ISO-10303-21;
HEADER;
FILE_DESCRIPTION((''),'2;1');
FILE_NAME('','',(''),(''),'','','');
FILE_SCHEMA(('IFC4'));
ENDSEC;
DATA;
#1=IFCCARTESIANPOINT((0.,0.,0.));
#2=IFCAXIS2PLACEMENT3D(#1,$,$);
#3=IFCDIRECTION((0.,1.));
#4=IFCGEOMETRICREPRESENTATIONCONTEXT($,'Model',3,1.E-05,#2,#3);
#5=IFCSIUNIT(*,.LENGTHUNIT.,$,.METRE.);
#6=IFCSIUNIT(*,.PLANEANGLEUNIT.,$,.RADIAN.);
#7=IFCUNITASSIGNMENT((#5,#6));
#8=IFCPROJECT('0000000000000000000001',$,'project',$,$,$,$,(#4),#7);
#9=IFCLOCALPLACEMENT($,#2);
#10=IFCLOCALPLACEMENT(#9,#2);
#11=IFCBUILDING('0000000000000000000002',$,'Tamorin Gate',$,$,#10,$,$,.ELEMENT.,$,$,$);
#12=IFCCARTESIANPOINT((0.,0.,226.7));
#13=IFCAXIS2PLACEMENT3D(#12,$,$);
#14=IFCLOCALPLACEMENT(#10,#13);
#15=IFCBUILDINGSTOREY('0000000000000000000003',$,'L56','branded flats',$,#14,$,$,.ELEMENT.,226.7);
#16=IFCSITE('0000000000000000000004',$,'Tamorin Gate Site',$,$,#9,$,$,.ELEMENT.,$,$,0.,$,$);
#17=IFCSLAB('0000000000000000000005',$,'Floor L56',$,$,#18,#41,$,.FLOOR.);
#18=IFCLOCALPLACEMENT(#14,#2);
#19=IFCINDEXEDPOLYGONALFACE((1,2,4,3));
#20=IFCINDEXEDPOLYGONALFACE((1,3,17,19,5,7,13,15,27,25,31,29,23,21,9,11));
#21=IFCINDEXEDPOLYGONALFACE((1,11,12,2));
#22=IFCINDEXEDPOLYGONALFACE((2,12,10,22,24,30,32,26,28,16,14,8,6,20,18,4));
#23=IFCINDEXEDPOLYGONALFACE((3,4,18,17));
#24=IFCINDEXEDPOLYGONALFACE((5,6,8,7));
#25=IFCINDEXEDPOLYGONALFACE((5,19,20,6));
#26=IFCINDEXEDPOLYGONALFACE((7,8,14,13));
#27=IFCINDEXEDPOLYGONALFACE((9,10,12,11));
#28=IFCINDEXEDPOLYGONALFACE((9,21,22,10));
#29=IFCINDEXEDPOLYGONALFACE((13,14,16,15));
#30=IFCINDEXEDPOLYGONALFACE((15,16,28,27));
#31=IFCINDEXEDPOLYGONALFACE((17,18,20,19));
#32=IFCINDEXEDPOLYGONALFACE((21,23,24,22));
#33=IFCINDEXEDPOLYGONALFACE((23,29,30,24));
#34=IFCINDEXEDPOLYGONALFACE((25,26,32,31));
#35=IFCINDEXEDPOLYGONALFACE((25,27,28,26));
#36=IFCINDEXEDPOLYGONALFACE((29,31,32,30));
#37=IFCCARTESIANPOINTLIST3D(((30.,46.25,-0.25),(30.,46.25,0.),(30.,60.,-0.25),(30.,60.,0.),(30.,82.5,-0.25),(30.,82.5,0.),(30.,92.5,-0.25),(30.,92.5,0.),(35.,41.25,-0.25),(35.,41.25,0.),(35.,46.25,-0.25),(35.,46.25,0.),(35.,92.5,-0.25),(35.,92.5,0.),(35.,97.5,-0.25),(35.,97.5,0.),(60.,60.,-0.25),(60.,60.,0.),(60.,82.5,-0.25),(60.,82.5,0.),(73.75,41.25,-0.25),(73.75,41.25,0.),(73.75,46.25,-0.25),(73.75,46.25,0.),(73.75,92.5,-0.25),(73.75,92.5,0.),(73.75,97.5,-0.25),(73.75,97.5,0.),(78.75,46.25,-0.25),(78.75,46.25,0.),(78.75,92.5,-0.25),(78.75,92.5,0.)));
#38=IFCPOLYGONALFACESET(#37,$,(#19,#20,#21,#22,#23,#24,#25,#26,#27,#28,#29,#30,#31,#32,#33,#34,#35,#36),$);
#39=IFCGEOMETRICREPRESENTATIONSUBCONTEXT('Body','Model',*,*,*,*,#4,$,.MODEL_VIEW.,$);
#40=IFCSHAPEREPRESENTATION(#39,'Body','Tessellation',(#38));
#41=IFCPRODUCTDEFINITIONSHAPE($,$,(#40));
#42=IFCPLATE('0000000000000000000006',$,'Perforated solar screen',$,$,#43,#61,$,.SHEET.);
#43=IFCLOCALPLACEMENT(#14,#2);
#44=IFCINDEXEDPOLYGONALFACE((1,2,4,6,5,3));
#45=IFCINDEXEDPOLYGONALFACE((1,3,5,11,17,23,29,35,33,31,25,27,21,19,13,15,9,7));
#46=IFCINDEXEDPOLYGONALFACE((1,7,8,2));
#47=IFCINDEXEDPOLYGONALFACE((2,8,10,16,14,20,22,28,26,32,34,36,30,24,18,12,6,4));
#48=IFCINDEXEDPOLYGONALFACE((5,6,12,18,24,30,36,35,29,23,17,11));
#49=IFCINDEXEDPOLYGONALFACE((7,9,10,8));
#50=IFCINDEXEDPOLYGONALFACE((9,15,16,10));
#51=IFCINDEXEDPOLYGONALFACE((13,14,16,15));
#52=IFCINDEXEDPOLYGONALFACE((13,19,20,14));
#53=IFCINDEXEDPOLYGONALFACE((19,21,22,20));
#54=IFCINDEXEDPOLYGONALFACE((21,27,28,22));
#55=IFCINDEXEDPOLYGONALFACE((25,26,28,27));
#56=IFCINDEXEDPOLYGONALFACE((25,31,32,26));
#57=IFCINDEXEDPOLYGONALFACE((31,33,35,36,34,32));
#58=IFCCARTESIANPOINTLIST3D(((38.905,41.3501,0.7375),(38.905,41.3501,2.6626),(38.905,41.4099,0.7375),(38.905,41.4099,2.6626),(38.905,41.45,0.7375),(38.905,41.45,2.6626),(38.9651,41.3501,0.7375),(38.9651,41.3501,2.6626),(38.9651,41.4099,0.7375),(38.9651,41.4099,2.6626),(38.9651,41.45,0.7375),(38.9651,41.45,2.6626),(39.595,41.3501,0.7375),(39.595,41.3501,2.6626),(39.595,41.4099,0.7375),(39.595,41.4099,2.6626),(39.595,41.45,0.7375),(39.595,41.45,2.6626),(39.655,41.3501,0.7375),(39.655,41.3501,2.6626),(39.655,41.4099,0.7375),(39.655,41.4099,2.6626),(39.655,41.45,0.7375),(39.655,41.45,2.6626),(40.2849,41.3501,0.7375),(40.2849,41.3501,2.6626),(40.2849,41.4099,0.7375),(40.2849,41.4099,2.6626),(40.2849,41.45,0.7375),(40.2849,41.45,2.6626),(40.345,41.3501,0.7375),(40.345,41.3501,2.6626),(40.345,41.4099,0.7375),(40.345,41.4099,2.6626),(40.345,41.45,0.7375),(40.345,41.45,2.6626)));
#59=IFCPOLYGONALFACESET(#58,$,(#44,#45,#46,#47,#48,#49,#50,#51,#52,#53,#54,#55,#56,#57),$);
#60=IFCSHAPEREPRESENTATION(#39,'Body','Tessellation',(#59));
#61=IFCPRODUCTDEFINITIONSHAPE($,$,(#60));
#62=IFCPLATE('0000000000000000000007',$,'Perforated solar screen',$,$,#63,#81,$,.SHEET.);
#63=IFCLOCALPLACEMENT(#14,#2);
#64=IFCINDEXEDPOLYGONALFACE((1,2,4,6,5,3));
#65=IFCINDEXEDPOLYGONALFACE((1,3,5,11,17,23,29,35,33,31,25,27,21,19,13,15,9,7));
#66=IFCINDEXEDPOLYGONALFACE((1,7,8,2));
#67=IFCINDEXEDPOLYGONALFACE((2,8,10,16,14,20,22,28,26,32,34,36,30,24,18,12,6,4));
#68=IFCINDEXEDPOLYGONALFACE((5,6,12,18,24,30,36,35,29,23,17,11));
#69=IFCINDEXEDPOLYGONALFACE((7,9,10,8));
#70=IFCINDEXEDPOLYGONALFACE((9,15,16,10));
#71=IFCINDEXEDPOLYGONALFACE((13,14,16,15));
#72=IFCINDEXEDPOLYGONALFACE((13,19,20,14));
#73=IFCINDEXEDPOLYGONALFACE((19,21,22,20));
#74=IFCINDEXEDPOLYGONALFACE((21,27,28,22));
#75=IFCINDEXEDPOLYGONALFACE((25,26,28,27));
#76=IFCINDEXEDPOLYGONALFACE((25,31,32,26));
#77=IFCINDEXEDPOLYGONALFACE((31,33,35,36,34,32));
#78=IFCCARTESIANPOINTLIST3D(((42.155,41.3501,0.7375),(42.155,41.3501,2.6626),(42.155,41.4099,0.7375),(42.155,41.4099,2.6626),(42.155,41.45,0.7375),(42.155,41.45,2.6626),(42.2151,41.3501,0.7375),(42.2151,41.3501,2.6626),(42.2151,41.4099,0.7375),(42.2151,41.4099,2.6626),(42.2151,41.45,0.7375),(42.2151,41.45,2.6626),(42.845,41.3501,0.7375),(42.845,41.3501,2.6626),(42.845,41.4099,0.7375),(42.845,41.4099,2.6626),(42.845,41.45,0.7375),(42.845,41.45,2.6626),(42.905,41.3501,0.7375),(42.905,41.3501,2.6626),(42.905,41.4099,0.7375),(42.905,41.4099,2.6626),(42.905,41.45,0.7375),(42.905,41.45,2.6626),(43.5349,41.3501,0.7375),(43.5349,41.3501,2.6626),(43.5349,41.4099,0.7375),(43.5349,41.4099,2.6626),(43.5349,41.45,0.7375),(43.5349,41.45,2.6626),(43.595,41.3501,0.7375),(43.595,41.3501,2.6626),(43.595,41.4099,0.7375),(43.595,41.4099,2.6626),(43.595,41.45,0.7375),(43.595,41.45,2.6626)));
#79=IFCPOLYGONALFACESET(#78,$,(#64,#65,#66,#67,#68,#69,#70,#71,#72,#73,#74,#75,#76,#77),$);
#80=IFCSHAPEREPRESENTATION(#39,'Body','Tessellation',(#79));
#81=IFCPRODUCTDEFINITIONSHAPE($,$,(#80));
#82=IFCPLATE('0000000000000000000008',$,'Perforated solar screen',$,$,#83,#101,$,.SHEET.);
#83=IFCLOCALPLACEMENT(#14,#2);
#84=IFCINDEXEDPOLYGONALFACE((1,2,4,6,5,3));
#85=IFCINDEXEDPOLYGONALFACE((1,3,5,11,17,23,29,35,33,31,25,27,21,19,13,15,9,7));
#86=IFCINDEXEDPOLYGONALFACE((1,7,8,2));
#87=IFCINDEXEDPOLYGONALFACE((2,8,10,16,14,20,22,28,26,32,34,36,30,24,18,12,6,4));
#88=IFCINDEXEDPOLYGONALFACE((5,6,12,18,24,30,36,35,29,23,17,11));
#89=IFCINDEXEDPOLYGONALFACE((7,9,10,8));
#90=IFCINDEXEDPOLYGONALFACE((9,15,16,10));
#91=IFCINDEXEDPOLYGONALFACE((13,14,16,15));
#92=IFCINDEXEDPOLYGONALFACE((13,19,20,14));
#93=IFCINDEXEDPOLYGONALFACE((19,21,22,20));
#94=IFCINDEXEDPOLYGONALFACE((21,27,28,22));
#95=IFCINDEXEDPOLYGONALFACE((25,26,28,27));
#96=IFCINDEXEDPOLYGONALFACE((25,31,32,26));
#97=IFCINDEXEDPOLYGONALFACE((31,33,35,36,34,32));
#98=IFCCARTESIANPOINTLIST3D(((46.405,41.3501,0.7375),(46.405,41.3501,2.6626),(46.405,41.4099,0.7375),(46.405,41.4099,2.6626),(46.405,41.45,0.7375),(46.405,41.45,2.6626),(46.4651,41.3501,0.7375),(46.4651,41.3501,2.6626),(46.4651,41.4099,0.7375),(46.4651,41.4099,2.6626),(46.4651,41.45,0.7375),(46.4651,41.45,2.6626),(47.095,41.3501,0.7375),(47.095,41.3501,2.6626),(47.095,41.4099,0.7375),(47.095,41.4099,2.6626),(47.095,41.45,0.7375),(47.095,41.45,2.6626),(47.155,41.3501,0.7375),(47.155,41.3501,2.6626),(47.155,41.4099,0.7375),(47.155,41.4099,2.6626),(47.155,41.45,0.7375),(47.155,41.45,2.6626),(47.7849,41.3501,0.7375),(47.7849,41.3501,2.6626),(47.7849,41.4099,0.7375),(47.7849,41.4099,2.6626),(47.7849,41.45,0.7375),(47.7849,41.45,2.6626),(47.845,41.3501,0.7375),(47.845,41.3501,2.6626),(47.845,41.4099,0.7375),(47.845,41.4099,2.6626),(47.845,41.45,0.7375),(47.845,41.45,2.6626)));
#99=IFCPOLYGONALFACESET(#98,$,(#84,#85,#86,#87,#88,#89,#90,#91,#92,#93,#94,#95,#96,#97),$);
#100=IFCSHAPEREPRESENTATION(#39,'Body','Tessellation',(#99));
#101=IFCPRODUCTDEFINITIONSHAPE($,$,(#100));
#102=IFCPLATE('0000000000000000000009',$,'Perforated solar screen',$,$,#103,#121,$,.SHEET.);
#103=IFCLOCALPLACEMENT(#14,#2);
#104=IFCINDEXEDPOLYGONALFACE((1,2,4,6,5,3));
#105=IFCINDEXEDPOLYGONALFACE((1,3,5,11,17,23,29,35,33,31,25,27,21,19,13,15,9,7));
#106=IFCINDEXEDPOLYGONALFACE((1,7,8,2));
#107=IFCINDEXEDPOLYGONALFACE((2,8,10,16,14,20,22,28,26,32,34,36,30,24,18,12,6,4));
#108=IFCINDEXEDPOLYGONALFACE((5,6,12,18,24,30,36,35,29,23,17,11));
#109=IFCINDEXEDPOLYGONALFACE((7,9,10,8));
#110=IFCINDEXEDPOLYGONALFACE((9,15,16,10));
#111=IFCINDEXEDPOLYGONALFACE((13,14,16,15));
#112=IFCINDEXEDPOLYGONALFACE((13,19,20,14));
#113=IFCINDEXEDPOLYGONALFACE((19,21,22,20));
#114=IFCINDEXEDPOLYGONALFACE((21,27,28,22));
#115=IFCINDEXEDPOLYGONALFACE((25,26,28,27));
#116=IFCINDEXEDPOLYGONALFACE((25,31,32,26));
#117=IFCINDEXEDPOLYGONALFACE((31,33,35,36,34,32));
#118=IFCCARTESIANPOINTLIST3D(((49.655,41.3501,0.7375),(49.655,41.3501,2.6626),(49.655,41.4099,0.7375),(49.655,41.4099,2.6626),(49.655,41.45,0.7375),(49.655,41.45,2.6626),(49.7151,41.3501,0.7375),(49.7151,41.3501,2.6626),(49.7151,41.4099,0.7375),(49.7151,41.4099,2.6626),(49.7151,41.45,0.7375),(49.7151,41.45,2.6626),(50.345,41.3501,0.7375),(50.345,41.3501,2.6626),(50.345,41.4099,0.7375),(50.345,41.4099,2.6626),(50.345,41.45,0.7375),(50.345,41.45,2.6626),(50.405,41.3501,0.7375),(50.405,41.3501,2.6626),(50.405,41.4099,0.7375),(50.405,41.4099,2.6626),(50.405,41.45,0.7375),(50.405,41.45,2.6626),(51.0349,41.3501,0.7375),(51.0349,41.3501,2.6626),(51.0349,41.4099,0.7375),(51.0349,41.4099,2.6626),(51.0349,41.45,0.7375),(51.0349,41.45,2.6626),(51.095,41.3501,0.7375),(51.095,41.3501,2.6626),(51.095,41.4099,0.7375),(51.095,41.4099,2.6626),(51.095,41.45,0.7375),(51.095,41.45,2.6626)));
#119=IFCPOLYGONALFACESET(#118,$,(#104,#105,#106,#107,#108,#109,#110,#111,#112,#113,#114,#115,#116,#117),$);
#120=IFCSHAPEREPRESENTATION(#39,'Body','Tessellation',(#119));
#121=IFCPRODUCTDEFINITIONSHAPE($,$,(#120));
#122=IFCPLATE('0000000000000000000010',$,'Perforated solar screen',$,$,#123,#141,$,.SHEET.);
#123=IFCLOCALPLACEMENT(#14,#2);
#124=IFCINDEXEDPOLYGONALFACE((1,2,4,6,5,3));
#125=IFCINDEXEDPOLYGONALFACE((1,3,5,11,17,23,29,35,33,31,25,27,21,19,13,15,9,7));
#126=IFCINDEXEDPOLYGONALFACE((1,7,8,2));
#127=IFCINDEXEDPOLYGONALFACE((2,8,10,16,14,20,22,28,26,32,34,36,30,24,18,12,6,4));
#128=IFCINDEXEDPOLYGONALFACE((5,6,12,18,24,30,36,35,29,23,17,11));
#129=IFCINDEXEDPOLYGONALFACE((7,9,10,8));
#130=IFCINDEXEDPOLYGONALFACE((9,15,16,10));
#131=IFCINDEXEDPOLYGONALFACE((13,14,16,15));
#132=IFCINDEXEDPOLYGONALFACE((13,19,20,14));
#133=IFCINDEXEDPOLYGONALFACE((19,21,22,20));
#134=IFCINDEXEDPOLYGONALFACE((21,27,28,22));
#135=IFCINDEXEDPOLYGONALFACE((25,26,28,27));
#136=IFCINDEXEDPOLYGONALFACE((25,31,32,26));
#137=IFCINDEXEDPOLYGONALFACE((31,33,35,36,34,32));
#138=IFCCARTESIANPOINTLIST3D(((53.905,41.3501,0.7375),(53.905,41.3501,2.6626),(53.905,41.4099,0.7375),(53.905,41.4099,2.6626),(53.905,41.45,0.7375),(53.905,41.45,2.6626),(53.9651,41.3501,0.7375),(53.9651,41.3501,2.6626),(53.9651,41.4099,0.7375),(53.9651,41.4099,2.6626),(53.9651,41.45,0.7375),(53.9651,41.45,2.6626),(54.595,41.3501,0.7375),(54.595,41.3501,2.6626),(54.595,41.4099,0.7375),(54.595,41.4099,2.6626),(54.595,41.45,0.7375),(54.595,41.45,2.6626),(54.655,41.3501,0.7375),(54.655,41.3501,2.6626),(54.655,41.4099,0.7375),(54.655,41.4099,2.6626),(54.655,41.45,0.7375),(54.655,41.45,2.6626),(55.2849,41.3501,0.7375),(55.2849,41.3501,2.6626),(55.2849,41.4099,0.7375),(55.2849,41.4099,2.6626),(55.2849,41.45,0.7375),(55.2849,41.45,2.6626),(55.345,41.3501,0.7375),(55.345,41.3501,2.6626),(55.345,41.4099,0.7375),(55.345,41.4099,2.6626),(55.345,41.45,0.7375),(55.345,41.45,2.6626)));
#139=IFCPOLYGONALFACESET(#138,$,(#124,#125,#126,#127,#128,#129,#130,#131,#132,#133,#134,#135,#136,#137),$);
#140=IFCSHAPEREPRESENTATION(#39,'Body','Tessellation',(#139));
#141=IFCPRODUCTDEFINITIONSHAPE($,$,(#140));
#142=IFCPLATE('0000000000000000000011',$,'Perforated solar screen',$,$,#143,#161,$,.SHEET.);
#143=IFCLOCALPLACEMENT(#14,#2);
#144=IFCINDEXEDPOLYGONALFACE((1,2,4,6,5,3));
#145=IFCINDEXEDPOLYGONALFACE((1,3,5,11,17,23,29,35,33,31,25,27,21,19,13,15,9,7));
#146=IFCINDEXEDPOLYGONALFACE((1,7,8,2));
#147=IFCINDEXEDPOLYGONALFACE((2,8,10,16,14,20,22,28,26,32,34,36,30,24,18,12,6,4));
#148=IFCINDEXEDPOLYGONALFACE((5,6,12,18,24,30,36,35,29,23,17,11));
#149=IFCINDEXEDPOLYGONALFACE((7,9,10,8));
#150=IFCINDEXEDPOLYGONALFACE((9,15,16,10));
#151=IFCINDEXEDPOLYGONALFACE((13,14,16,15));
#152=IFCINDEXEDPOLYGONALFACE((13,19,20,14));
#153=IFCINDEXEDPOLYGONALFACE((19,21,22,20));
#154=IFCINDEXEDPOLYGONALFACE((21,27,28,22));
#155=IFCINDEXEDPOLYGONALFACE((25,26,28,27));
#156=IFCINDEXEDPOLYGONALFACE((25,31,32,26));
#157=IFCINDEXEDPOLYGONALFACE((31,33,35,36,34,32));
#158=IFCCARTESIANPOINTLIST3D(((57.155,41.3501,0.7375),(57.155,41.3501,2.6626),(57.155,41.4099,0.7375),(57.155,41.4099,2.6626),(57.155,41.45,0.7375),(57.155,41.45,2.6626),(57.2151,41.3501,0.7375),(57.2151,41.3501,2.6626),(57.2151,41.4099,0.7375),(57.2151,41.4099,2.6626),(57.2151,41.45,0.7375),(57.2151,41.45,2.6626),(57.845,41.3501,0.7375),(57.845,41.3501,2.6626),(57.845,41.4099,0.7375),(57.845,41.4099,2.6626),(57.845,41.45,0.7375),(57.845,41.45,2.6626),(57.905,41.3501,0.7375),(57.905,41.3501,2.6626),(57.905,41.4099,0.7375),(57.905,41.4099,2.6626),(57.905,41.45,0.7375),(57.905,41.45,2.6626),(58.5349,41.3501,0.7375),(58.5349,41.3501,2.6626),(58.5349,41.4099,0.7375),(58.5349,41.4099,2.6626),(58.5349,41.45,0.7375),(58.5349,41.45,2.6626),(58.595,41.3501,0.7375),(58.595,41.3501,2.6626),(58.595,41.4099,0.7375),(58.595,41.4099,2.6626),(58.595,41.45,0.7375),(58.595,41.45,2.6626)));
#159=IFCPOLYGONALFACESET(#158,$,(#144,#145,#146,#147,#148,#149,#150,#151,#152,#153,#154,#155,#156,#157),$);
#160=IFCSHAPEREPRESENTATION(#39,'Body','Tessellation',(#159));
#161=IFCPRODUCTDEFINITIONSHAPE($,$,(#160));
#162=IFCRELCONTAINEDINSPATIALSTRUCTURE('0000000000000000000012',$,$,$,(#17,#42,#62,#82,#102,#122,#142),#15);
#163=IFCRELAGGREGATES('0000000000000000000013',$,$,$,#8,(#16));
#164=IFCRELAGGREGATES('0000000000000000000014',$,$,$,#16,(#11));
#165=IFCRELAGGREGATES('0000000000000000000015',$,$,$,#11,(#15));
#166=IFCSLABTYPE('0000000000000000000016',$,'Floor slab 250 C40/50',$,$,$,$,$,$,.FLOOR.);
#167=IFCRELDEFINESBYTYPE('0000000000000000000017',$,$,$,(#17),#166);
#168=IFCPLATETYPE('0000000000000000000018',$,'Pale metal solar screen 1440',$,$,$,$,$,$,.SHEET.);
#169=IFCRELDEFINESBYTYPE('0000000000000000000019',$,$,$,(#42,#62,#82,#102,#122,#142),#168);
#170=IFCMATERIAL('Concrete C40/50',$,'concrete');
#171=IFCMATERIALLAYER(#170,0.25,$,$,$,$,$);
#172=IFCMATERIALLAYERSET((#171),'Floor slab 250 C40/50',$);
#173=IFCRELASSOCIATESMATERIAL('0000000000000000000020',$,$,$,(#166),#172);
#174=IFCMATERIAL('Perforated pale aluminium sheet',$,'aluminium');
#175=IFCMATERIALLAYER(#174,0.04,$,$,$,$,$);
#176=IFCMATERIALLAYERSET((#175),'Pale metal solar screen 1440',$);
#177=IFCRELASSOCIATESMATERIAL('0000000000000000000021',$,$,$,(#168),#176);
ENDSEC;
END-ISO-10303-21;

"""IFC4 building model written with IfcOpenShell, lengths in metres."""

from ifc_helpers import new_model, si_unit, direction, frame, origin, place, context, subcontext, project, spatial, polyline, outline, extrude, material, layer, layer_set, type_object, element, save


model = new_model("IFC4")

# Units and contexts
model_context = context("Model", 3, precision=1e-05, world=origin(), true_north=direction((0.0, 1.0)))
body_context = subcontext(model_context, "Body", "Model", "MODEL_VIEW")
ifc_project = project(units=[si_unit("LENGTHUNIT", "METRE"), si_unit("PLANEANGLEUNIT", "RADIAN")], contexts=[model_context])

# Site, building, storey
site_placement = place(None, origin())
site = spatial("IfcSite", under=ifc_project, at=site_placement, Name="Tamorin Gate Site", CompositionType="ELEMENT", RefElevation=0.0)
building_placement = place(site_placement, origin())
building = spatial("IfcBuilding", under=site, at=building_placement, Name="Tamorin Gate", CompositionType="ELEMENT")
storey_placement = place(building_placement, frame((0.0, 0.0, 226.7)))
storey = spatial("IfcBuildingStorey", under=building, at=storey_placement, Name="L56", Description="branded flats", CompositionType="ELEMENT", Elevation=226.7)

# Slab
ifc_material_1 = material(Name="Concrete C40/50", Category="concrete")
ifc_layer_1 = layer(ifc_material_1, 0.25)
ifc_layer_set_1 = layer_set([ifc_layer_1], Name="Floor slab 250 C40/50")
slab_type = type_object("IfcSlabType", Name="Floor slab 250 C40/50", PredefinedType="FLOOR", material=ifc_layer_set_1)
slab_placement = place(storey_placement, frame((0.0, 0.0, -0.25)))
element("IfcSlab", 1, at=slab_placement, inside=storey, type_object=slab_type, Name="Floor L56", PredefinedType="FLOOR", context=body_context, shape_type="SweptSolid", body=[
    extrude(outline(polyline([(30.0, 92.5), (35.0, 92.5), (35.0, 97.5), (73.75, 97.5), (73.75, 92.5), (78.75, 92.5), (78.75, 46.25), (73.75, 46.25), (73.75, 41.25), (35.0, 41.25), (35.0, 46.25), (30.0, 46.25), (30.0, 60.0), (60.0, 60.0), (60.0, 82.5), (30.0, 82.5), (30.0, 92.5)])), origin(), (0.0, 0.0, 1.0), 0.25),
])

# Plates
ifc_material_2 = material(Name="Perforated pale aluminium sheet", Category="aluminium")
ifc_layer_2 = layer(ifc_material_2, 0.04)
ifc_layer_set_2 = layer_set([ifc_layer_2], Name="Pale metal solar screen 1440")
plate_type = type_object("IfcPlateType", Name="Pale metal solar screen 1440", PredefinedType="SHEET", material=ifc_layer_set_2)
plate_1_placement = place(storey_placement, frame((0.0, 0.0, 0.7375)))
element("IfcPlate", 2, at=plate_1_placement, inside=storey, type_object=plate_type, Name="Perforated solar screen", PredefinedType="SHEET", context=body_context, shape_type="SweptSolid", body=[
    extrude(outline(polyline([(38.905, 41.4099), (38.905, 41.45), (38.9651, 41.45), (39.595, 41.45), (39.655, 41.45), (40.2849, 41.45), (40.345, 41.45), (40.345, 41.45), (40.345, 41.4099), (40.345, 41.4099), (40.345, 41.3501), (40.2849, 41.3501), (40.2849, 41.4099), (39.655, 41.4099), (39.655, 41.3501), (39.595, 41.3501), (39.595, 41.4099), (38.9651, 41.4099), (38.9651, 41.3501), (38.905, 41.3501), (38.905, 41.4099)])), origin(), (0.0, 0.0, 1.0), 1.925),
])
plate_2_placement = place(storey_placement, frame((0.0, 0.0, 0.7375)))
element("IfcPlate", 3, at=plate_2_placement, inside=storey, type_object=plate_type, Name="Perforated solar screen", PredefinedType="SHEET", context=body_context, shape_type="SweptSolid", body=[
    extrude(outline(polyline([(42.155, 41.4099), (42.155, 41.45), (42.2151, 41.45), (42.845, 41.45), (42.905, 41.45), (43.5349, 41.45), (43.595, 41.45), (43.595, 41.4099), (43.595, 41.3501), (43.5349, 41.3501), (43.5349, 41.4099), (42.905, 41.4099), (42.905, 41.3501), (42.845, 41.3501), (42.845, 41.4099), (42.2151, 41.4099), (42.2151, 41.3501), (42.155, 41.3501), (42.155, 41.4099)])), origin(), (0.0, 0.0, 1.0), 1.925),
])
plate_3_placement = place(storey_placement, frame((0.0, 0.0, 0.7375)))
element("IfcPlate", 4, at=plate_3_placement, inside=storey, type_object=plate_type, Name="Perforated solar screen", PredefinedType="SHEET", context=body_context, shape_type="SweptSolid", body=[
    extrude(outline(polyline([(46.405, 41.4099), (46.405, 41.45), (46.4651, 41.45), (47.095, 41.45), (47.155, 41.45), (47.7849, 41.45), (47.845, 41.45), (47.845, 41.4099), (47.845, 41.3501), (47.7849, 41.3501), (47.7849, 41.4099), (47.155, 41.4099), (47.155, 41.3501), (47.095, 41.3501), (47.095, 41.4099), (46.4651, 41.4099), (46.4651, 41.3501), (46.405, 41.3501), (46.405, 41.4099)])), origin(), (0.0, 0.0, 1.0), 1.925),
])
plate_4_placement = place(storey_placement, frame((0.0, 0.0, 0.7375)))
element("IfcPlate", 5, at=plate_4_placement, inside=storey, type_object=plate_type, Name="Perforated solar screen", PredefinedType="SHEET", context=body_context, shape_type="SweptSolid", body=[
    extrude(outline(polyline([(49.655, 41.4099), (49.655, 41.45), (49.7151, 41.45), (50.345, 41.45), (50.405, 41.45), (51.0349, 41.45), (51.095, 41.45), (51.095, 41.4099), (51.095, 41.3501), (51.0349, 41.3501), (51.0349, 41.4099), (50.405, 41.4099), (50.405, 41.3501), (50.345, 41.3501), (50.345, 41.4099), (49.7151, 41.4099), (49.7151, 41.3501), (49.655, 41.3501), (49.655, 41.4099)])), origin(), (0.0, 0.0, 1.0), 1.925),
])
plate_5_placement = place(storey_placement, frame((0.0, 0.0, 0.7375)))
element("IfcPlate", 6, at=plate_5_placement, inside=storey, type_object=plate_type, Name="Perforated solar screen", PredefinedType="SHEET", context=body_context, shape_type="SweptSolid", body=[
    extrude(outline(polyline([(53.905, 41.4099), (53.905, 41.45), (53.9651, 41.45), (54.595, 41.45), (54.655, 41.45), (55.2849, 41.45), (55.345, 41.45), (55.345, 41.4099), (55.345, 41.3501), (55.2849, 41.3501), (55.2849, 41.4099), (54.655, 41.4099), (54.655, 41.3501), (54.595, 41.3501), (54.595, 41.4099), (53.9651, 41.4099), (53.9651, 41.3501), (53.905, 41.3501), (53.905, 41.4099)])), origin(), (0.0, 0.0, 1.0), 1.925),
])
plate_6_placement = place(storey_placement, frame((0.0, 0.0, 0.7375)))
element("IfcPlate", 7, at=plate_6_placement, inside=storey, type_object=plate_type, Name="Perforated solar screen", PredefinedType="SHEET", context=body_context, shape_type="SweptSolid", body=[
    extrude(outline(polyline([(57.155, 41.4099), (57.155, 41.45), (57.2151, 41.45), (57.845, 41.45), (57.905, 41.45), (58.5349, 41.45), (58.595, 41.45), (58.595, 41.4099), (58.595, 41.3501), (58.5349, 41.3501), (58.5349, 41.4099), (57.905, 41.4099), (57.905, 41.3501), (57.845, 41.3501), (57.845, 41.4099), (57.2151, 41.4099), (57.2151, 41.3501), (57.155, 41.3501), (57.155, 41.4099)])), origin(), (0.0, 0.0, 1.0), 1.925),
])

save(model, "model.ifc")
